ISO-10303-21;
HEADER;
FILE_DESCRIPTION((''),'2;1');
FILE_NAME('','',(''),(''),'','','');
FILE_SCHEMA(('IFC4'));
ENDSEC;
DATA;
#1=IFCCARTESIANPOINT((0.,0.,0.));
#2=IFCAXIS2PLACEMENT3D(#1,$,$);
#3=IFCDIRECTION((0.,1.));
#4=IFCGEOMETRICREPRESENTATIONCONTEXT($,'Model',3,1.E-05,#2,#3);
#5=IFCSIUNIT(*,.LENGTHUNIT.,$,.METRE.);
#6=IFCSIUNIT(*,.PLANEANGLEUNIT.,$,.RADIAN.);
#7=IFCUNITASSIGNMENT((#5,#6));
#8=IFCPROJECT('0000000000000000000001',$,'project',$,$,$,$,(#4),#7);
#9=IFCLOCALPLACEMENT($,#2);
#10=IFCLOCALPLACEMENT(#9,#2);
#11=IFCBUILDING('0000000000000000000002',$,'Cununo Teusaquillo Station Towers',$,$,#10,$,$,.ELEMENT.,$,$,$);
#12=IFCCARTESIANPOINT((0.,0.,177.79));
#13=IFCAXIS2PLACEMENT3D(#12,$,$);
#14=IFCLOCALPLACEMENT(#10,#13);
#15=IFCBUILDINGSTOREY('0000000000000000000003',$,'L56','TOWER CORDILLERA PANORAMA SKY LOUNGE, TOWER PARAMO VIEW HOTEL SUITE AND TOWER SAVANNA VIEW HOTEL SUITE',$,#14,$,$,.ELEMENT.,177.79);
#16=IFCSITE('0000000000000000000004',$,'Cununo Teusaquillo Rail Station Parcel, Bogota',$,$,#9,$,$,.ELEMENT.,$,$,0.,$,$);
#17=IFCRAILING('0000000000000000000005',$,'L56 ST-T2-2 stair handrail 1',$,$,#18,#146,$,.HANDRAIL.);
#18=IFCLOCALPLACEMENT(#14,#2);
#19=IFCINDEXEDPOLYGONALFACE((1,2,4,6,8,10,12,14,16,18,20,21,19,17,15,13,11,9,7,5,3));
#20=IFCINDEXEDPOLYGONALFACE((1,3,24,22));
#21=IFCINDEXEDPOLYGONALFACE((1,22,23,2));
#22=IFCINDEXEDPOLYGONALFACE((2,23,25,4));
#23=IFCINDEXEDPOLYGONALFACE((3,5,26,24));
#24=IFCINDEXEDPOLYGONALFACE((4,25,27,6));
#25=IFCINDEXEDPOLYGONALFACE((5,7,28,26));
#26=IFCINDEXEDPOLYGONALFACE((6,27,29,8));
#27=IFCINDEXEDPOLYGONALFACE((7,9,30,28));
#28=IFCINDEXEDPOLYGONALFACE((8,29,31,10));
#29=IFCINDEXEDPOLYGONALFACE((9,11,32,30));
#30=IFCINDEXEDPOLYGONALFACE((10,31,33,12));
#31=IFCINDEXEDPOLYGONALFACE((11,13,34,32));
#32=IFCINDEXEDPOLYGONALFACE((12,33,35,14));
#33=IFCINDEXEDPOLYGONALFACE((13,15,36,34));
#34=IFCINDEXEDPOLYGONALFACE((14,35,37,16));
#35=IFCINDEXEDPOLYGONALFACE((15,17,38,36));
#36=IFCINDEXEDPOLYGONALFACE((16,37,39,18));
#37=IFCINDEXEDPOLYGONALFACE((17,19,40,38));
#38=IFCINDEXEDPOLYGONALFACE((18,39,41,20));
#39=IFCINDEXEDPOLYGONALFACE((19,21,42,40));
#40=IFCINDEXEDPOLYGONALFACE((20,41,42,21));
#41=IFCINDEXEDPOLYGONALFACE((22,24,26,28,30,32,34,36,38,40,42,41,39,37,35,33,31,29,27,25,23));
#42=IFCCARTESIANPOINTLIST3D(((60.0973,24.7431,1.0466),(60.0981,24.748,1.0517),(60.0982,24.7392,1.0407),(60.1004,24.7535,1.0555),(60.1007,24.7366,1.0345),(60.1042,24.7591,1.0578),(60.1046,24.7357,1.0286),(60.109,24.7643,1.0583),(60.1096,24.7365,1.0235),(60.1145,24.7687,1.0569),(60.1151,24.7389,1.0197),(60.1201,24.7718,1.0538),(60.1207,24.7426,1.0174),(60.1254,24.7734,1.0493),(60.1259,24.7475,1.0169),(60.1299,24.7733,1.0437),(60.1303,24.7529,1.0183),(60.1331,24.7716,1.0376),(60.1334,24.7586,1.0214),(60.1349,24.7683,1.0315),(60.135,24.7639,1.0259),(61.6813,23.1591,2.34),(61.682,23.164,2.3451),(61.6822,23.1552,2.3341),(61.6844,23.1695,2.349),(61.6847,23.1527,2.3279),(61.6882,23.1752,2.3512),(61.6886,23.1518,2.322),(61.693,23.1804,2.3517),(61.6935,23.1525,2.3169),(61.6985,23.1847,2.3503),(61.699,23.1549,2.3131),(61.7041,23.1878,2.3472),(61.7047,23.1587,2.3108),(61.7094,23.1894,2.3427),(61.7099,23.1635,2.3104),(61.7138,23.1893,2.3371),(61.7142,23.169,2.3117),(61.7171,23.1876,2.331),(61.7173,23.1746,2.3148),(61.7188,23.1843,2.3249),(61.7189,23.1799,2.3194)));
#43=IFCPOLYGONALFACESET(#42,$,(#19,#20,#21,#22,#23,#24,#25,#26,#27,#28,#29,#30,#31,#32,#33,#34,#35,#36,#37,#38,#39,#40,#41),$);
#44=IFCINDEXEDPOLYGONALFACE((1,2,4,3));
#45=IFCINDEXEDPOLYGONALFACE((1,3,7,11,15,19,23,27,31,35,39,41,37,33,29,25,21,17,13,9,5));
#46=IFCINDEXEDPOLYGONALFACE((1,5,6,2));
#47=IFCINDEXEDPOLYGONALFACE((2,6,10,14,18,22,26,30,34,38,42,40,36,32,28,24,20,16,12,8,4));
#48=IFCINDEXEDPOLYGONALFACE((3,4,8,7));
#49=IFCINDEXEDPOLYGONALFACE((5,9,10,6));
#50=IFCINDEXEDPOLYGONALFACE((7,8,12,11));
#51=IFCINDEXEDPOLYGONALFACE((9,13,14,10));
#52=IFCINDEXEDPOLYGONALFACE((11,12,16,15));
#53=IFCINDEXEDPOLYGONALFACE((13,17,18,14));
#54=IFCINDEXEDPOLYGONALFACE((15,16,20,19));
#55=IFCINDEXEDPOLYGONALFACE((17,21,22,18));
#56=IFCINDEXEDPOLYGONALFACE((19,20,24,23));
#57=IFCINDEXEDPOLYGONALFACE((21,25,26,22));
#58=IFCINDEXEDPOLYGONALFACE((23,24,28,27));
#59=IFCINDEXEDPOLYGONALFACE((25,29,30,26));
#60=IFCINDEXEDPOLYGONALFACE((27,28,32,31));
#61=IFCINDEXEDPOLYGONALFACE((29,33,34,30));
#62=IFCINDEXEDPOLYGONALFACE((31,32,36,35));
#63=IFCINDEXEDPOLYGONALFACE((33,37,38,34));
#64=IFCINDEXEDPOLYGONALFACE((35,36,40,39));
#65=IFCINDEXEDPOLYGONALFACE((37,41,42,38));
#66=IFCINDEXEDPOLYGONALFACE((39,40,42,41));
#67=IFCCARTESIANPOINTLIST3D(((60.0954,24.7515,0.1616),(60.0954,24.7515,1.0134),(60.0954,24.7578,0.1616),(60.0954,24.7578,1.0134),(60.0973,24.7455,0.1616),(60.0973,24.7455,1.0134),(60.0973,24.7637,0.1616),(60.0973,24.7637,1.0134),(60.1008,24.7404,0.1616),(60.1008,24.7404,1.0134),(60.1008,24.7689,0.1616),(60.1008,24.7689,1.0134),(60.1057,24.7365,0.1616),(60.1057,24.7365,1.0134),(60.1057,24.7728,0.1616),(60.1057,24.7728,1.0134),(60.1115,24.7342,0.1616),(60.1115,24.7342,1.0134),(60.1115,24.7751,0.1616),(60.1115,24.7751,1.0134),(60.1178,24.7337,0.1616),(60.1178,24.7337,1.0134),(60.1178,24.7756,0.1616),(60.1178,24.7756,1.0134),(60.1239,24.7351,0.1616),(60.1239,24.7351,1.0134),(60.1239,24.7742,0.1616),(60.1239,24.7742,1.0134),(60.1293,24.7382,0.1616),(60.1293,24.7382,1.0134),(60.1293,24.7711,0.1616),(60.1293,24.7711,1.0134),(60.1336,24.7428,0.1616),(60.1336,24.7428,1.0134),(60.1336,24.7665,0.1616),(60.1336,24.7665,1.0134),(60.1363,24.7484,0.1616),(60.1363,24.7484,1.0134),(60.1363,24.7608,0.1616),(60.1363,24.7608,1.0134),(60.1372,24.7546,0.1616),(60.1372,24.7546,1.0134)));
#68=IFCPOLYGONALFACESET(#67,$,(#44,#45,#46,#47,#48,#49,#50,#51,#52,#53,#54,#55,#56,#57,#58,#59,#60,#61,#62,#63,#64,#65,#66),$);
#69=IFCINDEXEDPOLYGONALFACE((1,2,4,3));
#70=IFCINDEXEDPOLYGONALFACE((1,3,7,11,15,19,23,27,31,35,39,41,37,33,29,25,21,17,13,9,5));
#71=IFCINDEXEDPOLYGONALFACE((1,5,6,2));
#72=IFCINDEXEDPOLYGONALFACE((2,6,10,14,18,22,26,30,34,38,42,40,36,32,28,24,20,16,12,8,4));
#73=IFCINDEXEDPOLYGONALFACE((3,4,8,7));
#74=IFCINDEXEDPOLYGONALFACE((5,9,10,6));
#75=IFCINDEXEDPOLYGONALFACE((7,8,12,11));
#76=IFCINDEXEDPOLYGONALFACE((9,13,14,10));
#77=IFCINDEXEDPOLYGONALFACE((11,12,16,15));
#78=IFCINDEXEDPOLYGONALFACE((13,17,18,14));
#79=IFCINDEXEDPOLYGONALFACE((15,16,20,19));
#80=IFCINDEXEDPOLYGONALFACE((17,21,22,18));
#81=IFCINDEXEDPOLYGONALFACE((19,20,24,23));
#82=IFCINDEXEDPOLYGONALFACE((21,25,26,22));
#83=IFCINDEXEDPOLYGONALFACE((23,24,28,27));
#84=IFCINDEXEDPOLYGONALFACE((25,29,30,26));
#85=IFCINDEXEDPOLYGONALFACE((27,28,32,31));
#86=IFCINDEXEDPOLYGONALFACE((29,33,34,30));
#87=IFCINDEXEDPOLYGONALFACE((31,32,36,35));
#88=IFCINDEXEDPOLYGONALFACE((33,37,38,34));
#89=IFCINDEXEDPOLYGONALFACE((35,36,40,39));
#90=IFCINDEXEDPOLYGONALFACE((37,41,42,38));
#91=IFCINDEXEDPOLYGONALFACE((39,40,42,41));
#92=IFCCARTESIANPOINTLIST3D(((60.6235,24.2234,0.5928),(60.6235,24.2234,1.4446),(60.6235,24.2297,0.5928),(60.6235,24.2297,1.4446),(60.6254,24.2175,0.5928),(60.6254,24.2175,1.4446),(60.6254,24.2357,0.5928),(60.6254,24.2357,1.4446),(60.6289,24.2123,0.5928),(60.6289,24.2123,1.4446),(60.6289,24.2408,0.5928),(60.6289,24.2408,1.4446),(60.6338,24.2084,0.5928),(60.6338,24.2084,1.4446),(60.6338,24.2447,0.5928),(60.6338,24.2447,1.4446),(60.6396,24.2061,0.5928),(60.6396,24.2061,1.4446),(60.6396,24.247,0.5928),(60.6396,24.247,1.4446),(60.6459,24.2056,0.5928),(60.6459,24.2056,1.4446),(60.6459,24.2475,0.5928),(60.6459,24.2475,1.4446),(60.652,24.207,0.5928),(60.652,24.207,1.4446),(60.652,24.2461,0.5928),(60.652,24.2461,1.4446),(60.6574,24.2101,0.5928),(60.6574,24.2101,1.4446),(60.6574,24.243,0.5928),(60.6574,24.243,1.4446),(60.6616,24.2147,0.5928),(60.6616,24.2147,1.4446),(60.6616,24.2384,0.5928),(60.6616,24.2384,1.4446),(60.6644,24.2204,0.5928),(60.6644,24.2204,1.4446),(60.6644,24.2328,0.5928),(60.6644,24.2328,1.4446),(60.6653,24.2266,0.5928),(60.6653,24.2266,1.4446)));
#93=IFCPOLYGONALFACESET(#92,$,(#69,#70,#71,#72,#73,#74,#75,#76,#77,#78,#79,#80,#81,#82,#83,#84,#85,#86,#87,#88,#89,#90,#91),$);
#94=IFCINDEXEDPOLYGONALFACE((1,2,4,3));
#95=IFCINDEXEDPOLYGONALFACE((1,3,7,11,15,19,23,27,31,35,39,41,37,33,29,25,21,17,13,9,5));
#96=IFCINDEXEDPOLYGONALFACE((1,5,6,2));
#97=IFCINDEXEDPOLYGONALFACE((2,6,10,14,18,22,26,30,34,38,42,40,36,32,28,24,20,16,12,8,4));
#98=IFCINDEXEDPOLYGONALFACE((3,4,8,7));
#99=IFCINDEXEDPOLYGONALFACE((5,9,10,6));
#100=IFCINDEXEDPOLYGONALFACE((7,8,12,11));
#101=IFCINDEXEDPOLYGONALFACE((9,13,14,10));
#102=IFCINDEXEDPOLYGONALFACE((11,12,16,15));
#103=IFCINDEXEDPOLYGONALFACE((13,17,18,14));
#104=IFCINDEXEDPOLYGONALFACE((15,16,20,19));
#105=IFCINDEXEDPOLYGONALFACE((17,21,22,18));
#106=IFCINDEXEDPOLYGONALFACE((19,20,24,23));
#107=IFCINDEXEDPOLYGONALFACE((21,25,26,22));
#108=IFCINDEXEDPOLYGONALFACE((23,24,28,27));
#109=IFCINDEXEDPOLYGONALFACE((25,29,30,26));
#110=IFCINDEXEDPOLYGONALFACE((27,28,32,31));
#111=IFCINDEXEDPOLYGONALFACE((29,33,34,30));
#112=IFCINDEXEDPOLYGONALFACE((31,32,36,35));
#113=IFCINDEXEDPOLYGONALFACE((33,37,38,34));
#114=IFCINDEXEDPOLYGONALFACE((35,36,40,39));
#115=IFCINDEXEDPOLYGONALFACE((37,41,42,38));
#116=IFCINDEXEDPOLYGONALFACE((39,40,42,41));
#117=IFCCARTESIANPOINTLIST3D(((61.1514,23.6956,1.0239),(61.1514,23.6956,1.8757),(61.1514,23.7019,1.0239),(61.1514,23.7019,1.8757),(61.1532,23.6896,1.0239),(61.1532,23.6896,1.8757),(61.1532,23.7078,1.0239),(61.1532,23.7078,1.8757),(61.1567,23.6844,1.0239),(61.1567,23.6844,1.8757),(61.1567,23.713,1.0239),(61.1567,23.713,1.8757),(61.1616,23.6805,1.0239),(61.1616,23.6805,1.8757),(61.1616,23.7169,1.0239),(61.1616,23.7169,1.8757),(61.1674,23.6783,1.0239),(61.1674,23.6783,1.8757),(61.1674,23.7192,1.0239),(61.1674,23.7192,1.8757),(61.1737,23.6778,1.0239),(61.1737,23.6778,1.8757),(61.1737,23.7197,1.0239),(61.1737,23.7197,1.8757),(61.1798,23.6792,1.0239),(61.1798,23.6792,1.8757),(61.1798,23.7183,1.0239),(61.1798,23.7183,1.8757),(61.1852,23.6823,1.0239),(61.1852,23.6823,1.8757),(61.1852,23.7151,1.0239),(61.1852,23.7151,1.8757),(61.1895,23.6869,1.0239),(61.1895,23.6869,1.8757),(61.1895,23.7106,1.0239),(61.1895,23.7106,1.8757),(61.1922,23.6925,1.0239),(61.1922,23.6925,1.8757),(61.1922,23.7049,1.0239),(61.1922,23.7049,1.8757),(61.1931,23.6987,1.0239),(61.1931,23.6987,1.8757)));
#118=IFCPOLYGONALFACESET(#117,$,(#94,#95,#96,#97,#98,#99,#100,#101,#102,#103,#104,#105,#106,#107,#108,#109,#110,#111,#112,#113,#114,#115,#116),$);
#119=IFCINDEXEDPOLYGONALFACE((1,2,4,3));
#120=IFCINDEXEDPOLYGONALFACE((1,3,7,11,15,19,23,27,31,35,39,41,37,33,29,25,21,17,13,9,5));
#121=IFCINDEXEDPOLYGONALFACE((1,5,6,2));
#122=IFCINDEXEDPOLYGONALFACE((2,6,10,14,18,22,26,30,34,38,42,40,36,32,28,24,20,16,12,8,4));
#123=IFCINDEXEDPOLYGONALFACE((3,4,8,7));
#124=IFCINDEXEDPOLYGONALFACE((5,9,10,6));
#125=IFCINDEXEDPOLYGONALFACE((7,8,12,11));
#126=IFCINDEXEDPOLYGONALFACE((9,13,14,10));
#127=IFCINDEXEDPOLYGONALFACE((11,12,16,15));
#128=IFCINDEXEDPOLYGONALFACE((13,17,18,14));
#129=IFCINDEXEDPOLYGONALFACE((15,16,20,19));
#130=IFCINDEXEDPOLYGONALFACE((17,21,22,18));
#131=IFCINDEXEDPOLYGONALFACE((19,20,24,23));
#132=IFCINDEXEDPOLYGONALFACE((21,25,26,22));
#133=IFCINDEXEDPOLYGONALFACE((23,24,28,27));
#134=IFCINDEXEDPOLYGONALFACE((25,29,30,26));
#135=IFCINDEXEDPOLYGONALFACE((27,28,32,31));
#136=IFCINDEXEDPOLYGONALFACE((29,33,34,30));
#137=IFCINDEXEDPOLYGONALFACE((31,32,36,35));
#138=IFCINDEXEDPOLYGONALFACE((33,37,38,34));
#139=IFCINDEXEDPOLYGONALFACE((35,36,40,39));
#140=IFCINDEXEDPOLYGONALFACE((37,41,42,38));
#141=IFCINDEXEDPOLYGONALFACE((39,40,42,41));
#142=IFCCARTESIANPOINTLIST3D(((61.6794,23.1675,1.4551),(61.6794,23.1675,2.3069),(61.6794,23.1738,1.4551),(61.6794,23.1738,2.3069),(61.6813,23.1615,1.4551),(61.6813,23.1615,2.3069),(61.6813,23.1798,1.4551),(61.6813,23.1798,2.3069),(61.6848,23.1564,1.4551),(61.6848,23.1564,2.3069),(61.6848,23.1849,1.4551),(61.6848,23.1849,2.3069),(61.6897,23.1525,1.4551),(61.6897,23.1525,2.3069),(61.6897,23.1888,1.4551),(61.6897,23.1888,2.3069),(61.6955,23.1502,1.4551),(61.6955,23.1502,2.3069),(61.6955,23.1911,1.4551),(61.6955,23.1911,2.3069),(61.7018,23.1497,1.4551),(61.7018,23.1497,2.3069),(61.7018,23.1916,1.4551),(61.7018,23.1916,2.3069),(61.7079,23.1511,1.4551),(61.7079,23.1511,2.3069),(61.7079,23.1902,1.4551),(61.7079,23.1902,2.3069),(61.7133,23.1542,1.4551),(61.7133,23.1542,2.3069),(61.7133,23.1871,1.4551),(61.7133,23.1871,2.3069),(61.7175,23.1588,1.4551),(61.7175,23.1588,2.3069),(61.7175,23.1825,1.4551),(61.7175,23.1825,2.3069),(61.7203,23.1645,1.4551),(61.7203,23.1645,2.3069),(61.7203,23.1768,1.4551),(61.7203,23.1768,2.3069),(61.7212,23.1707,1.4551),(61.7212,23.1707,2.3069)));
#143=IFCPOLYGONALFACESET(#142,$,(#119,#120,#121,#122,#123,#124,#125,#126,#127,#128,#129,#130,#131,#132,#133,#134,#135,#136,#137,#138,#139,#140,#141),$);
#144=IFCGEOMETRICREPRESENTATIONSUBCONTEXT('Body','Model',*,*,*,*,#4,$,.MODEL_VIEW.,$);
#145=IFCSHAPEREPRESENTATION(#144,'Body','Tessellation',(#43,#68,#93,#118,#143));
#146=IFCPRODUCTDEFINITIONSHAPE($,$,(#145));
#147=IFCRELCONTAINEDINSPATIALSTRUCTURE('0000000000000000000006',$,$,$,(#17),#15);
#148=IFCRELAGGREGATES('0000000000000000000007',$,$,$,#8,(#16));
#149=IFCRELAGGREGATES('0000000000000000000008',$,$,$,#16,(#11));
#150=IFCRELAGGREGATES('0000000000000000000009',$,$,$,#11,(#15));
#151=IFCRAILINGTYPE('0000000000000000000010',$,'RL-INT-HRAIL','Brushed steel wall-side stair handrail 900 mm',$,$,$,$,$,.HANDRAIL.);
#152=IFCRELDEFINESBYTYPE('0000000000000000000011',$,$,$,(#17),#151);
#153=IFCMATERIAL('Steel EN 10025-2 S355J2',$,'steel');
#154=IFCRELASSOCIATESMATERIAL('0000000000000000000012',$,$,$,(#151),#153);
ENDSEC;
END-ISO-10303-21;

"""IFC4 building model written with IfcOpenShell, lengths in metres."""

from ifc_helpers import new_model, si_unit, direction, frame, origin, origin_2d, place, context, subcontext, project, spatial, circle, extrude, material, type_object, element, save


model = new_model("IFC4")

# Units and contexts
model_context = context("Model", 3, precision=1e-05, world=origin(), true_north=direction((0.0, 1.0)))
body_context = subcontext(model_context, "Body", "Model", "MODEL_VIEW")
ifc_project = project(units=[si_unit("LENGTHUNIT", "METRE"), si_unit("PLANEANGLEUNIT", "RADIAN")], contexts=[model_context])

# Site, building, storey
site_placement = place(None, origin())
site = spatial("IfcSite", under=ifc_project, at=site_placement, Name="Cununo Teusaquillo Rail Station Parcel, Bogota", CompositionType="ELEMENT", RefElevation=0.0)
building_placement = place(site_placement, origin())
building = spatial("IfcBuilding", under=site, at=building_placement, Name="Cununo Teusaquillo Station Towers", CompositionType="ELEMENT")
storey_placement = place(building_placement, frame((0.0, 0.0, 177.79)))
storey = spatial("IfcBuildingStorey", under=building, at=storey_placement, Name="L56", Description="TOWER CORDILLERA PANORAMA SKY LOUNGE, TOWER PARAMO VIEW HOTEL SUITE AND TOWER SAVANNA VIEW HOTEL SUITE", CompositionType="ELEMENT", Elevation=177.79)

# Railing
ifc_material_1 = material(Name="Steel EN 10025-2 S355J2", Category="steel")
railing_type_1 = type_object("IfcRailingType", Name="RL-INT-HRAIL", Description="Brushed steel wall-side stair handrail 900 mm", PredefinedType="HANDRAIL", material=ifc_material_1)
railing_1_placement = place(storey_placement, frame((60.1162, 24.7546, 0.1616)))
element("IfcRailing", 1, at=railing_1_placement, inside=storey, type_object=railing_type_1, Name="L56 ST-T2-2 stair handrail 1", PredefinedType="HANDRAIL", context=body_context, shape_type="SweptSolid", body=[
    extrude(circle(Radius=0.0239, at=origin_2d()), frame((0.0, 0.0, 0.876), z_axis=(0.612356, -0.612356, 0.50004), x_axis=(0.707107, 0.707107, 0.0)), (0.0, 0.0, 1.0), 2.5867),
    extrude(circle(Radius=0.021, at=origin_2d()), origin(), (0.0, 0.0, 1.0), 0.8518),
    extrude(circle(Radius=0.021, at=origin_2d()), frame((0.5281, -0.5281, 0.4312)), (0.0, 0.0, 1.0), 0.8518),
    extrude(circle(Radius=0.021, at=origin_2d()), frame((1.0559, -1.0559, 0.8623)), (0.0, 0.0, 1.0), 0.8518),
    extrude(circle(Radius=0.021, at=origin_2d()), frame((1.584, -1.584, 1.2935)), (0.0, 0.0, 1.0), 0.8518),
])

save(model, "model.ifc")
